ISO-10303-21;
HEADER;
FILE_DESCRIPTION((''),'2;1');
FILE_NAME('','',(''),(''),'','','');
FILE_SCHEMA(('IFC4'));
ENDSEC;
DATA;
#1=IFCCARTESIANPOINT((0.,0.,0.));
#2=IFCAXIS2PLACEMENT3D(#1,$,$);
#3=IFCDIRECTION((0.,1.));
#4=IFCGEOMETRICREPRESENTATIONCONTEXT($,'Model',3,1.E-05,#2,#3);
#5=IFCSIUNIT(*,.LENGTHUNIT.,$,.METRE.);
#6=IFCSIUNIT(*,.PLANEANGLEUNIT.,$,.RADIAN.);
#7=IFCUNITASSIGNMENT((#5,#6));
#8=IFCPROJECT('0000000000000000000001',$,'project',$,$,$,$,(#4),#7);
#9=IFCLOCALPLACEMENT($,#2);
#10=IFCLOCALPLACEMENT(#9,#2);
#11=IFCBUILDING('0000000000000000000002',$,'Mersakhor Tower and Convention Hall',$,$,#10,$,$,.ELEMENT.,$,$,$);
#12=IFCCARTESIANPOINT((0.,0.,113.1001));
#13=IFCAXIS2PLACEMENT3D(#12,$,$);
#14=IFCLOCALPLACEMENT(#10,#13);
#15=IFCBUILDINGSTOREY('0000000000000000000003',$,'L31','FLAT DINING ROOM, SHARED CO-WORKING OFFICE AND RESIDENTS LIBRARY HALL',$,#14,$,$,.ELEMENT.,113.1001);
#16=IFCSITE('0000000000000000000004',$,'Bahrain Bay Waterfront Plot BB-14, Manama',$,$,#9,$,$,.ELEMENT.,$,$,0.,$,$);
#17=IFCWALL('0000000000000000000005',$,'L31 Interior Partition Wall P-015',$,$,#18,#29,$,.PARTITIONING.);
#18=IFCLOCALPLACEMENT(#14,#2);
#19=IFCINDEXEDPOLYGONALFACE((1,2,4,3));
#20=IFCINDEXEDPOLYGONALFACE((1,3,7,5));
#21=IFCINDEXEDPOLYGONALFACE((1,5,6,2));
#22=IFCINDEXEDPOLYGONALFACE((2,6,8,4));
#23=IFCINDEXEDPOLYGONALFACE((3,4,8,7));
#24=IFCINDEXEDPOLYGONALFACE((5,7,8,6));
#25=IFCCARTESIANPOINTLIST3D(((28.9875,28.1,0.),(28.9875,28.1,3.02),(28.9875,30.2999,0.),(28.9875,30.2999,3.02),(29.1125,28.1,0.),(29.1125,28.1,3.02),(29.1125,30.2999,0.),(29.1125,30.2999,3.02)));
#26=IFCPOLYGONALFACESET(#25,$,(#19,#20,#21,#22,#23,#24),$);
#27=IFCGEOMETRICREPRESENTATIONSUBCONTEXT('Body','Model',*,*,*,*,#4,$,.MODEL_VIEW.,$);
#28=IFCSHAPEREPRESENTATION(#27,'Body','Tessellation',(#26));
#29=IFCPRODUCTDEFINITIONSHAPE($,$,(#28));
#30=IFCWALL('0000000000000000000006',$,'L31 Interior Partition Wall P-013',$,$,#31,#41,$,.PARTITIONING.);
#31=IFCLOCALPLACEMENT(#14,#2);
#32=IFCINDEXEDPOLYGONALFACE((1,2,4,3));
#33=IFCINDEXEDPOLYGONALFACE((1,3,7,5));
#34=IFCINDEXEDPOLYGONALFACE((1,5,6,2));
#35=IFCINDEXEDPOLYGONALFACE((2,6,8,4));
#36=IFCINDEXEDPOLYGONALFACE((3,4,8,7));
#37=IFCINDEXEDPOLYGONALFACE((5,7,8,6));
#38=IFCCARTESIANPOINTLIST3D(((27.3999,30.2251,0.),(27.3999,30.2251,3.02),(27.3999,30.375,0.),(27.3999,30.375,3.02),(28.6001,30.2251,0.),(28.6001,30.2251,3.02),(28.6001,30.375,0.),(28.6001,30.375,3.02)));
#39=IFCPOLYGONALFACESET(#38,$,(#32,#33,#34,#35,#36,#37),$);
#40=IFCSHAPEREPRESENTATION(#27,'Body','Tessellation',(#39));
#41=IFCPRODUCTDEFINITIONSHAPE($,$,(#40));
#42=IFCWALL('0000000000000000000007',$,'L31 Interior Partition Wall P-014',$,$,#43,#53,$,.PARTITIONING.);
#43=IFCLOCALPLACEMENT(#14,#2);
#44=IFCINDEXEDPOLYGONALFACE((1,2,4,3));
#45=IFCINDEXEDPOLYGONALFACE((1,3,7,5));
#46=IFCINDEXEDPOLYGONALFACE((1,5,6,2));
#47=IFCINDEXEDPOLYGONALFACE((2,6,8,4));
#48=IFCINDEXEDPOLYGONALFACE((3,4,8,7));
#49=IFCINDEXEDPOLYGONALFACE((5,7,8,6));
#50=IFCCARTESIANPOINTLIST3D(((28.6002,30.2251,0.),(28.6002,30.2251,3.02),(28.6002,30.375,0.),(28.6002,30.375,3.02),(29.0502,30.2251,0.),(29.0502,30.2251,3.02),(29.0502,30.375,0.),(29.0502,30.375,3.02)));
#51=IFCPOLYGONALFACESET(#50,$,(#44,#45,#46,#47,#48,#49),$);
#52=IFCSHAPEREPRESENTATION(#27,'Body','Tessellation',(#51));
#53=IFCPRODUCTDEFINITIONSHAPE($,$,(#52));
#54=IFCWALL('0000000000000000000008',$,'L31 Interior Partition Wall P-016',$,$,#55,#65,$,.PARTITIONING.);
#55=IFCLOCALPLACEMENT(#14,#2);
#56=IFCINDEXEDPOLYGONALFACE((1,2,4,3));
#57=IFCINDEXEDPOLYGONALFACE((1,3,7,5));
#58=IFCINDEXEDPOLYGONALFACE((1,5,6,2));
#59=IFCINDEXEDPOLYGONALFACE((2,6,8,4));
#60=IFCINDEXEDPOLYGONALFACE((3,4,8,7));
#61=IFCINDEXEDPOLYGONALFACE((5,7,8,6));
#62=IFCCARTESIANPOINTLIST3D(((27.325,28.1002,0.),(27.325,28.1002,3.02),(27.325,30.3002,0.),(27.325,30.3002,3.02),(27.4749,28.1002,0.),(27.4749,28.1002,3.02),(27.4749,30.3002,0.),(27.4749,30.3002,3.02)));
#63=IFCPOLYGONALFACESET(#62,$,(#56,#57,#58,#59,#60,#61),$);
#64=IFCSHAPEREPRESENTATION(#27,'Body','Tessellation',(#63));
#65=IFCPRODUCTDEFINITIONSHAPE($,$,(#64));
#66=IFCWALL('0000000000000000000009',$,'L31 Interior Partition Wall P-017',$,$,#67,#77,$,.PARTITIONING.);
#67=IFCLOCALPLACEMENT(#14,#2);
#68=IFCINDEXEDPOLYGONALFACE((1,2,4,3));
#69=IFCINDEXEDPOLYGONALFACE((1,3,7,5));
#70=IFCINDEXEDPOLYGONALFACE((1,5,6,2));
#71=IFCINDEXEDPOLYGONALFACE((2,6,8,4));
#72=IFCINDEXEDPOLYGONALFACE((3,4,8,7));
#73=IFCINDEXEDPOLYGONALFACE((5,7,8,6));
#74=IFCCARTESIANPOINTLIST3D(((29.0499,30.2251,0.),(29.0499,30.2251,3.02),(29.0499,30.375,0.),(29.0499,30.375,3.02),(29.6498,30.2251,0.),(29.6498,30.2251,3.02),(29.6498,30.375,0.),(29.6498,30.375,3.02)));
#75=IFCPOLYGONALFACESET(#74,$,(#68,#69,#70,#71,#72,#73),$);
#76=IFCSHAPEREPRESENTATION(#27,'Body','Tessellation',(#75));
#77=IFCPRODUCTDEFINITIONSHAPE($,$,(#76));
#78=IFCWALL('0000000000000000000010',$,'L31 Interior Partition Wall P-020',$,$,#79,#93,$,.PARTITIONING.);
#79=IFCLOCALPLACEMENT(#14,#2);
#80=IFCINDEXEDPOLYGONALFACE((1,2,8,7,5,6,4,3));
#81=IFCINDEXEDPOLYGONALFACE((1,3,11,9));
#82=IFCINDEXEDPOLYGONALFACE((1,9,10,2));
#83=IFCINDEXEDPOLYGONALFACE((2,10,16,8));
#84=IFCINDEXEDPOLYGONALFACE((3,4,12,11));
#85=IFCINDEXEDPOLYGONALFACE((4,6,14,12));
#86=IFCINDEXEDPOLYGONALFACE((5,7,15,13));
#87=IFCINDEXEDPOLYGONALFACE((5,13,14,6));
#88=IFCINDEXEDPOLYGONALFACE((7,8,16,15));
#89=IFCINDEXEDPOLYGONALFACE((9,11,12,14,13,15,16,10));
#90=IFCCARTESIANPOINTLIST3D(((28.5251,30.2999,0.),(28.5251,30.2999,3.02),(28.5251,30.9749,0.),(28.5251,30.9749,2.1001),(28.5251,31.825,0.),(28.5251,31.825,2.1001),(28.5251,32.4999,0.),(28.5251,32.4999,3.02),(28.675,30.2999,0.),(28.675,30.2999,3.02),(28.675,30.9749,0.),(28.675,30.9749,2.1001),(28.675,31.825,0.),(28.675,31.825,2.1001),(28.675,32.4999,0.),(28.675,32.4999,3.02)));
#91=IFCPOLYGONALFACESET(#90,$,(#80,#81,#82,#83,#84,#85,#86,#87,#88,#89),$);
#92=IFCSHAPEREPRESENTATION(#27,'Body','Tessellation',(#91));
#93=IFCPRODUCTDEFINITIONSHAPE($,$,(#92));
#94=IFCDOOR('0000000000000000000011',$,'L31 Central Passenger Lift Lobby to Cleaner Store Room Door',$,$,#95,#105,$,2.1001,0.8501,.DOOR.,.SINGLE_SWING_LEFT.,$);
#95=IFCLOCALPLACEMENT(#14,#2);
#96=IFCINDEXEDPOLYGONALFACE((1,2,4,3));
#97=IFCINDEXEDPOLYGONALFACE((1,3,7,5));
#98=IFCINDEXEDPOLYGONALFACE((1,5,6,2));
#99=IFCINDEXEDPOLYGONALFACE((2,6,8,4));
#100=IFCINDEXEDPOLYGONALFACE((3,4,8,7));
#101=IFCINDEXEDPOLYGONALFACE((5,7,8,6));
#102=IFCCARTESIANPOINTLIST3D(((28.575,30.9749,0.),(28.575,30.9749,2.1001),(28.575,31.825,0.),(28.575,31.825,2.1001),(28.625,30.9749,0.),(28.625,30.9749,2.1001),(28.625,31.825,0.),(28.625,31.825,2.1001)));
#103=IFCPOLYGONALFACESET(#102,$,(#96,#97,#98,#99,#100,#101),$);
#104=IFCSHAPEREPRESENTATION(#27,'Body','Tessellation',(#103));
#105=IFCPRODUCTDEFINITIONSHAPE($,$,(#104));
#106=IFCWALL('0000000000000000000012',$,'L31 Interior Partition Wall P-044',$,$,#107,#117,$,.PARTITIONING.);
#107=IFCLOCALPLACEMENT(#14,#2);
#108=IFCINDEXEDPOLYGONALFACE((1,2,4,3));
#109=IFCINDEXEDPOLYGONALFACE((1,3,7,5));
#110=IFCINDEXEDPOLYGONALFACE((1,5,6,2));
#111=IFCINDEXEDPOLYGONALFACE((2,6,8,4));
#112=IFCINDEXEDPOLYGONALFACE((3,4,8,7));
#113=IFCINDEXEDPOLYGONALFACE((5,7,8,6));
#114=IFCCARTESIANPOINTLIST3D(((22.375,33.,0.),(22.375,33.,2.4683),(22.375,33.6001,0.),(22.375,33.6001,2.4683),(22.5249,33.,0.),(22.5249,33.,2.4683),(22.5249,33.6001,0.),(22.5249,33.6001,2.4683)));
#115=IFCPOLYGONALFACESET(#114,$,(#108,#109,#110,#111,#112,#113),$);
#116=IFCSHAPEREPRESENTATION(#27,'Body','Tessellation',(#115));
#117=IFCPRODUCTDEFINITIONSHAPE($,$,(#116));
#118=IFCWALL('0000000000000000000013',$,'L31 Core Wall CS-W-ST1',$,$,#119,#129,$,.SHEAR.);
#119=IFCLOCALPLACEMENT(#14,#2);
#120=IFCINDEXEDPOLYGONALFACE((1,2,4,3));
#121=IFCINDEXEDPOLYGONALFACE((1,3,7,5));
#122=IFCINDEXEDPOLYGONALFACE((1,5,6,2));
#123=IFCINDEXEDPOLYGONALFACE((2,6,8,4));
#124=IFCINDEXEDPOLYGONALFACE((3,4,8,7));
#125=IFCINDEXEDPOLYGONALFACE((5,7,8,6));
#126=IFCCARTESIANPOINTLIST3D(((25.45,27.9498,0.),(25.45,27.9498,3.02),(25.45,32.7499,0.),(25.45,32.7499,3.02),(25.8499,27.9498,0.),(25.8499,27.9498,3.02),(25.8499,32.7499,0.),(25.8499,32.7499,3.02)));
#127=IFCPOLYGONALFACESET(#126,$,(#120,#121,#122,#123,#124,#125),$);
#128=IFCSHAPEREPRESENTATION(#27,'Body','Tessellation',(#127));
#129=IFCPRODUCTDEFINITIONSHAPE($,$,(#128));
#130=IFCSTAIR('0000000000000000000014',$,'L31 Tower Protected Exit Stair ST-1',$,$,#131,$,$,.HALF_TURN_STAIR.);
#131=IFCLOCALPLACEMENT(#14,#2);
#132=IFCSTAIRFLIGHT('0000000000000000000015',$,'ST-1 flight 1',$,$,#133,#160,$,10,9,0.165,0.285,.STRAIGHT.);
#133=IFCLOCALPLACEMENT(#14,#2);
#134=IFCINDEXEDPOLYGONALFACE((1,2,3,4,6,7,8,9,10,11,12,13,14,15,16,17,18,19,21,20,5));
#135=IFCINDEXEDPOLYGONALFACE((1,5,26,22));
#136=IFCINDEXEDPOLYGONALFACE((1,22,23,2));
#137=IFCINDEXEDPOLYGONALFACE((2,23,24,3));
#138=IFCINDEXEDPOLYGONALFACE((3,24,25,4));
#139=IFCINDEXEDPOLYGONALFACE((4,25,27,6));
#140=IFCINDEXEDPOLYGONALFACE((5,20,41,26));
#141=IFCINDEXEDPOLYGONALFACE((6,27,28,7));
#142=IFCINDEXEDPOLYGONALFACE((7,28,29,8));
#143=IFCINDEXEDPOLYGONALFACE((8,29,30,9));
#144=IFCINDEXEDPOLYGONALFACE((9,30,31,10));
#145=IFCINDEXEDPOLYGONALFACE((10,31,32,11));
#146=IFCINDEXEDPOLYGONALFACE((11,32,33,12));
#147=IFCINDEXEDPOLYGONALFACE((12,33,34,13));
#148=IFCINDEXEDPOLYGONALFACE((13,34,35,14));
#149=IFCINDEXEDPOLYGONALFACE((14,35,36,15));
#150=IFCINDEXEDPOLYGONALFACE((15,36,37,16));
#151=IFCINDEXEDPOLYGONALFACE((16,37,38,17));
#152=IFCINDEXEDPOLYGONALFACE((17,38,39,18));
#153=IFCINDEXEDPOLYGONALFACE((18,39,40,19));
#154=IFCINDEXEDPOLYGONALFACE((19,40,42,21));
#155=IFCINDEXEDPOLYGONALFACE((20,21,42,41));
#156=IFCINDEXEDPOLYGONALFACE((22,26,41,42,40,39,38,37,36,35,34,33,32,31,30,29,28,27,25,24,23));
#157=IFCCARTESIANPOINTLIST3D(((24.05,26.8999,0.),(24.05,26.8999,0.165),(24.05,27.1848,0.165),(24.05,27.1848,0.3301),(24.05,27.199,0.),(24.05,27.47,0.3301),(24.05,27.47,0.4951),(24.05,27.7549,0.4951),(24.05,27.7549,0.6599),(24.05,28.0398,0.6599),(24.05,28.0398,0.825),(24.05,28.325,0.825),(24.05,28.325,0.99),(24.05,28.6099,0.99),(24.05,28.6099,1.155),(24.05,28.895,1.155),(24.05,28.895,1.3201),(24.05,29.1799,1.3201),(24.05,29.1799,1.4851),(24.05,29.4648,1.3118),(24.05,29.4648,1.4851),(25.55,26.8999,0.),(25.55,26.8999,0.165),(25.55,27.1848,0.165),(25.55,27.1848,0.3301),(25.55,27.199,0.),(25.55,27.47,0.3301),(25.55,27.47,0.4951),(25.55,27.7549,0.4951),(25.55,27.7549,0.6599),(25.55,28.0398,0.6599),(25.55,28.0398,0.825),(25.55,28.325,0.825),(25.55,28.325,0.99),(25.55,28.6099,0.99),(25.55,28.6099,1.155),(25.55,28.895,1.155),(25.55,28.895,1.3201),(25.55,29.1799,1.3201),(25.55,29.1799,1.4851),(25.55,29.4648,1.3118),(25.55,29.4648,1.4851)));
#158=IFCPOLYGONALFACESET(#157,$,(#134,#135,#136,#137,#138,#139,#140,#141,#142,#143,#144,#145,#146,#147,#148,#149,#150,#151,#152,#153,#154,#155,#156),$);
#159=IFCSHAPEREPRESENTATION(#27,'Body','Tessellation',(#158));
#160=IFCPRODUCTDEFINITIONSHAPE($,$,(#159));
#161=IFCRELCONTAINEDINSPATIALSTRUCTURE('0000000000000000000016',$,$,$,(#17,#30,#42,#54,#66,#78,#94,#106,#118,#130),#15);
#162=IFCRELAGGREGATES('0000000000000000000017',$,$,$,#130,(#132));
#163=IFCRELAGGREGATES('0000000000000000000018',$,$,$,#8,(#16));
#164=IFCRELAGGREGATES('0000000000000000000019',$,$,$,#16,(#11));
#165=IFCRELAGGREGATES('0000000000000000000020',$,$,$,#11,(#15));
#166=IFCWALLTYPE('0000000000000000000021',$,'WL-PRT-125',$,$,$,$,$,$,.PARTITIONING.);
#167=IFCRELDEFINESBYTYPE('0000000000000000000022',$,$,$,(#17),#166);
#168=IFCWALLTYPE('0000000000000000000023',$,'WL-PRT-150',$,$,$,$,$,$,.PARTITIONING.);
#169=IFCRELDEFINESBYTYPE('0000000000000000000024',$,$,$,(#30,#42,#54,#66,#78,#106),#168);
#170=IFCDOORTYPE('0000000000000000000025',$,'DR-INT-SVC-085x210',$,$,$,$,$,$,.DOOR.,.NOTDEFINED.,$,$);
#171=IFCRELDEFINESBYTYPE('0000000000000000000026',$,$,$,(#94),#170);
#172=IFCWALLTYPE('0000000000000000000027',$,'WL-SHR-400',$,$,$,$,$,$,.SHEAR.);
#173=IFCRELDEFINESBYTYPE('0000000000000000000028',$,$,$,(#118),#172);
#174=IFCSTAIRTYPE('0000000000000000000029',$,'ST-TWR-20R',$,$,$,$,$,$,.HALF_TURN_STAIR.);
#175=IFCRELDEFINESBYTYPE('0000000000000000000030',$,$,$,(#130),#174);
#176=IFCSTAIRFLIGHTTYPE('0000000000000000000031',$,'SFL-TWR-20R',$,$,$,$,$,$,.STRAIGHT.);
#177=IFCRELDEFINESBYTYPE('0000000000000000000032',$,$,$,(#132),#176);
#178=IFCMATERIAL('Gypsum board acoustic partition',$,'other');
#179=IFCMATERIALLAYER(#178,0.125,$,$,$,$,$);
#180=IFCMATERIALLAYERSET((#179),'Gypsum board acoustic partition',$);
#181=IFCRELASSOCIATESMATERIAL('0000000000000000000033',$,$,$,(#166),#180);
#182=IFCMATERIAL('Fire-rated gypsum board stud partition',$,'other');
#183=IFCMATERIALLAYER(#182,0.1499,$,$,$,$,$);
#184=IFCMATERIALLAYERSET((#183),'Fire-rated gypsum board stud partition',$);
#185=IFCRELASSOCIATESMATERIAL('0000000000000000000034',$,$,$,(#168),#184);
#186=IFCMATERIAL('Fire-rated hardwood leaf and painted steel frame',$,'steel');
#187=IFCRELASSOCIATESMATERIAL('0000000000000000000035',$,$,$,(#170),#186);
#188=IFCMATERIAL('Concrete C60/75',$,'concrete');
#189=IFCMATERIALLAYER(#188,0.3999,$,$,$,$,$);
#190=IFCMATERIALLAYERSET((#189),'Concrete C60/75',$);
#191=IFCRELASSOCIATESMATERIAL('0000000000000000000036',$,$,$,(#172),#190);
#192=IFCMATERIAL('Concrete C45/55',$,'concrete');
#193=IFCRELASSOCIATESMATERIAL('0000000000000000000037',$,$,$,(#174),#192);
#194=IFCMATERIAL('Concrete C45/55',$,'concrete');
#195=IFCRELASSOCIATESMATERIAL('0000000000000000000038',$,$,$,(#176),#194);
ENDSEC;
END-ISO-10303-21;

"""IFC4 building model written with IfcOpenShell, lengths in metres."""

from ifc_helpers import new_model, si_unit, direction, frame, frame_2d, origin, place, context, subcontext, project, spatial, polyline, rectangle, outline, extrude, material, layer, layer_set, type_object, element, fill, aggregate, save


model = new_model("IFC4")

# Units and contexts
model_context = context("Model", 3, precision=1e-05, world=origin(), true_north=direction((0.0, 1.0)))
body_context = subcontext(model_context, "Body", "Model", "MODEL_VIEW")
ifc_project = project(units=[si_unit("LENGTHUNIT", "METRE"), si_unit("PLANEANGLEUNIT", "RADIAN")], contexts=[model_context])

# Site, building, storey
site_placement = place(None, origin())
site = spatial("IfcSite", under=ifc_project, at=site_placement, Name="Bahrain Bay Waterfront Plot BB-14, Manama", CompositionType="ELEMENT", RefElevation=0.0)
building_placement = place(site_placement, origin())
building = spatial("IfcBuilding", under=site, at=building_placement, Name="Mersakhor Tower and Convention Hall", CompositionType="ELEMENT")
storey_placement = place(building_placement, frame((0.0, 0.0, 113.1001)))
storey = spatial("IfcBuildingStorey", under=building, at=storey_placement, Name="L31", Description="FLAT DINING ROOM, SHARED CO-WORKING OFFICE AND RESIDENTS LIBRARY HALL", CompositionType="ELEMENT", Elevation=113.1001)

# Walls
ifc_material_1 = material(Name="Gypsum board acoustic partition", Category="other")
ifc_layer_1 = layer(ifc_material_1, 0.125)
ifc_layer_set_1 = layer_set([ifc_layer_1], Name="Gypsum board acoustic partition")
wall_type_1 = type_object("IfcWallType", Name="WL-PRT-125", PredefinedType="PARTITIONING", material=ifc_layer_set_1)
wall_1_placement = place(storey_placement, frame((29.05, 30.3, 0.0), z_axis=(0.0, 0.0, 1.0), x_axis=(0.0, -1.0, 0.0)))
element("IfcWall", 1, at=wall_1_placement, inside=storey, type_object=wall_type_1, Name="L31 Interior Partition Wall P-015", PredefinedType="PARTITIONING", context=body_context, shape_type="SweptSolid", body=[
    extrude(rectangle(XDim=2.2, YDim=0.125, at=frame_2d((1.1001, 0.0))), origin(), (0.0, 0.0, 1.0), 3.02),
])
ifc_material_2 = material(Name="Fire-rated gypsum board stud partition", Category="other")
ifc_layer_2 = layer(ifc_material_2, 0.1499)
ifc_layer_set_2 = layer_set([ifc_layer_2], Name="Fire-rated gypsum board stud partition")
wall_type_2 = type_object("IfcWallType", Name="WL-PRT-150", PredefinedType="PARTITIONING", material=ifc_layer_set_2)
wall_2_placement = place(storey_placement, frame((27.3999, 30.3, 0.0), z_axis=(0.0, 0.0, 1.0), x_axis=(1.0, 0.0, 0.0)))
element("IfcWall", 2, at=wall_2_placement, inside=storey, type_object=wall_type_2, Name="L31 Interior Partition Wall P-013", PredefinedType="PARTITIONING", context=body_context, shape_type="SweptSolid", body=[
    extrude(rectangle(XDim=1.2002, YDim=0.1499, at=frame_2d((0.6001, 0.0))), origin(), (0.0, 0.0, 1.0), 3.02),
])
wall_3_placement = place(storey_placement, frame((28.6001, 30.3, 0.0), z_axis=(0.0, 0.0, 1.0), x_axis=(1.0, 0.0, 0.0)))
element("IfcWall", 3, at=wall_3_placement, inside=storey, type_object=wall_type_2, Name="L31 Interior Partition Wall P-014", PredefinedType="PARTITIONING", context=body_context, shape_type="SweptSolid", body=[
    extrude(rectangle(XDim=0.45, YDim=0.1499, at=frame_2d((0.2251, 0.0))), origin(), (0.0, 0.0, 1.0), 3.02),
])
wall_4_placement = place(storey_placement, frame((27.3999, 28.1001, 0.0), z_axis=(0.0, 0.0, 1.0), x_axis=(0.0, 1.0, 0.0)))
element("IfcWall", 4, at=wall_4_placement, inside=storey, type_object=wall_type_2, Name="L31 Interior Partition Wall P-016", PredefinedType="PARTITIONING", context=body_context, shape_type="SweptSolid", body=[
    extrude(rectangle(XDim=2.2, YDim=0.1499, at=frame_2d((1.1001, 0.0))), origin(), (0.0, 0.0, 1.0), 3.02),
])
wall_5_placement = place(storey_placement, frame((29.05, 30.3, 0.0), z_axis=(0.0, 0.0, 1.0), x_axis=(1.0, 0.0, 0.0)))
element("IfcWall", 5, at=wall_5_placement, inside=storey, type_object=wall_type_2, Name="L31 Interior Partition Wall P-017", PredefinedType="PARTITIONING", context=body_context, shape_type="SweptSolid", body=[
    extrude(rectangle(XDim=0.5999, YDim=0.1499, at=frame_2d((0.2998, 0.0))), origin(), (0.0, 0.0, 1.0), 3.02),
])

# Wall, opening, door
wall_6_placement = place(storey_placement, frame((28.6001, 32.5, 0.0), z_axis=(0.0, 0.0, 1.0), x_axis=(0.0, -1.0, 0.0)))
wall_6 = element("IfcWall", 6, at=wall_6_placement, inside=storey, type_object=wall_type_2, Name="L31 Interior Partition Wall P-020", PredefinedType="PARTITIONING", context=body_context, shape_type="SweptSolid", body=[
    extrude(rectangle(XDim=2.2, YDim=0.1499, at=frame_2d((1.1001, 0.0))), origin(), (0.0, 0.0, 1.0), 3.02),
])
opening_1_placement = place(wall_6_placement, frame((0.675, 0.0, 0.0)))
opening_1 = element("IfcOpeningElement", 7, at=opening_1_placement, cuts=wall_6, PredefinedType="OPENING", context=body_context, shape_type="SweptSolid", body=[
    extrude(rectangle(XDim=0.8501, YDim=2.1001, at=frame_2d((0.425, 1.05))), frame((0.0, 0.085, 0.0), z_axis=(0.0, -1.0, 0.0), x_axis=(1.0, 0.0, 0.0)), (0.0, 0.0, 1.0), 0.1699),
])
ifc_material_3 = material(Name="Fire-rated hardwood leaf and painted steel frame", Category="steel")
door_type_1 = type_object("IfcDoorType", Name="DR-INT-SVC-085x210", OperationType="NOTDEFINED", PredefinedType="DOOR", material=ifc_material_3)
door_1_placement = place(opening_1_placement, origin())
door_1 = element("IfcDoor", 8, at=door_1_placement, inside=storey, type_object=door_type_1, Name="L31 Central Passenger Lift Lobby to Cleaner Store Room Door", OperationType="SINGLE_SWING_LEFT", OverallHeight=2.1001, OverallWidth=0.8501, PredefinedType="DOOR", context=body_context, shape_type="SweptSolid", body=[
    extrude(rectangle(XDim=0.8501, YDim=2.1001, at=frame_2d((0.425, 1.05))), frame((0.0, 0.0249, 0.0), z_axis=(0.0, -1.0, 0.0), x_axis=(1.0, 0.0, 0.0)), (0.0, 0.0, 1.0), 0.05),
])
fill(opening_1, door_1)

# Wall
wall_7_placement = place(storey_placement, frame((22.45, 33.0, 0.0), z_axis=(0.0, 0.0, 1.0), x_axis=(0.0, 1.0, 0.0)))
element("IfcWall", 9, at=wall_7_placement, inside=storey, type_object=wall_type_2, Name="L31 Interior Partition Wall P-044", PredefinedType="PARTITIONING", context=body_context, shape_type="SweptSolid", body=[
    extrude(rectangle(XDim=0.6001, YDim=0.1499, at=frame_2d((0.3, 0.0))), origin(), (0.0, 0.0, 1.0), 2.4683),
])

# Shared definitions
ifc_material_4 = material(Name="Concrete C60/75", Category="concrete")
ifc_layer_3 = layer(ifc_material_4, 0.3999)
ifc_layer_set_3 = layer_set([ifc_layer_3], Name="Concrete C60/75")
wall_type_3 = type_object("IfcWallType", Name="WL-SHR-400", PredefinedType="SHEAR", material=ifc_layer_set_3)

# Wall
wall_8_placement = place(storey_placement, frame((25.6499, 27.95, 0.0), z_axis=(0.0, 0.0, 1.0), x_axis=(0.0, 1.0, 0.0)))
element("IfcWall", 10, at=wall_8_placement, inside=storey, type_object=wall_type_3, Name="L31 Core Wall CS-W-ST1", PredefinedType="SHEAR", context=body_context, shape_type="SweptSolid", body=[
    extrude(rectangle(XDim=4.8, YDim=0.3999, at=frame_2d((2.3999, 0.0))), origin(), (0.0, 0.0, 1.0), 3.02),
])

# Stair, stair flight
ifc_material_5 = material(Name="Concrete C45/55", Category="concrete")
stair_type = type_object("IfcStairType", Name="ST-TWR-20R", PredefinedType="HALF_TURN_STAIR", material=ifc_material_5)
stair_placement = place(storey_placement, origin())
stair = element("IfcStair", 11, at=stair_placement, inside=storey, type_object=stair_type, Name="L31 Tower Protected Exit Stair ST-1", PredefinedType="HALF_TURN_STAIR")
ifc_material_6 = material(Name="Concrete C45/55", Category="concrete")
stair_flight_type = type_object("IfcStairFlightType", Name="SFL-TWR-20R", PredefinedType="STRAIGHT", material=ifc_material_6)
stair_flight_1_placement = place(storey_placement, frame((24.8, 26.8999, 0.0), z_axis=(0.0, 0.0, 1.0), x_axis=(0.0, 1.0, 0.0)))
stair_flight_1 = element("IfcStairFlight", 12, at=stair_flight_1_placement, type_object=stair_flight_type, Name="ST-1 flight 1", NumberOfRisers=10, NumberOfTreads=9, PredefinedType="STRAIGHT", RiserHeight=0.165, TreadLength=0.285, context=body_context, shape_type="SweptSolid", body=[
    extrude(outline(polyline([(0.0, 0.0), (0.0, 0.165), (0.2849, 0.165), (0.2849, 0.3301), (0.5701, 0.3301), (0.5701, 0.4951), (0.855, 0.4951), (0.855, 0.6599), (1.1399, 0.6599), (1.1399, 0.825), (1.425, 0.825), (1.425, 0.99), (1.71, 0.99), (1.71, 1.155), (1.9951, 1.155), (1.9951, 1.3201), (2.28, 1.3201), (2.28, 1.4851), (2.5649, 1.4851), (2.5649, 1.6499), (2.5649, 1.3118), (0.2991, 0.0), (0.0, 0.0)])), frame((0.0, 0.75, 0.0), z_axis=(0.0, -1.0, 0.0), x_axis=(1.0, 0.0, 0.0)), (0.0, 0.0, 1.0), 1.5),
])
aggregate(stair, [stair_flight_1])

save(model, "model.ifc")
